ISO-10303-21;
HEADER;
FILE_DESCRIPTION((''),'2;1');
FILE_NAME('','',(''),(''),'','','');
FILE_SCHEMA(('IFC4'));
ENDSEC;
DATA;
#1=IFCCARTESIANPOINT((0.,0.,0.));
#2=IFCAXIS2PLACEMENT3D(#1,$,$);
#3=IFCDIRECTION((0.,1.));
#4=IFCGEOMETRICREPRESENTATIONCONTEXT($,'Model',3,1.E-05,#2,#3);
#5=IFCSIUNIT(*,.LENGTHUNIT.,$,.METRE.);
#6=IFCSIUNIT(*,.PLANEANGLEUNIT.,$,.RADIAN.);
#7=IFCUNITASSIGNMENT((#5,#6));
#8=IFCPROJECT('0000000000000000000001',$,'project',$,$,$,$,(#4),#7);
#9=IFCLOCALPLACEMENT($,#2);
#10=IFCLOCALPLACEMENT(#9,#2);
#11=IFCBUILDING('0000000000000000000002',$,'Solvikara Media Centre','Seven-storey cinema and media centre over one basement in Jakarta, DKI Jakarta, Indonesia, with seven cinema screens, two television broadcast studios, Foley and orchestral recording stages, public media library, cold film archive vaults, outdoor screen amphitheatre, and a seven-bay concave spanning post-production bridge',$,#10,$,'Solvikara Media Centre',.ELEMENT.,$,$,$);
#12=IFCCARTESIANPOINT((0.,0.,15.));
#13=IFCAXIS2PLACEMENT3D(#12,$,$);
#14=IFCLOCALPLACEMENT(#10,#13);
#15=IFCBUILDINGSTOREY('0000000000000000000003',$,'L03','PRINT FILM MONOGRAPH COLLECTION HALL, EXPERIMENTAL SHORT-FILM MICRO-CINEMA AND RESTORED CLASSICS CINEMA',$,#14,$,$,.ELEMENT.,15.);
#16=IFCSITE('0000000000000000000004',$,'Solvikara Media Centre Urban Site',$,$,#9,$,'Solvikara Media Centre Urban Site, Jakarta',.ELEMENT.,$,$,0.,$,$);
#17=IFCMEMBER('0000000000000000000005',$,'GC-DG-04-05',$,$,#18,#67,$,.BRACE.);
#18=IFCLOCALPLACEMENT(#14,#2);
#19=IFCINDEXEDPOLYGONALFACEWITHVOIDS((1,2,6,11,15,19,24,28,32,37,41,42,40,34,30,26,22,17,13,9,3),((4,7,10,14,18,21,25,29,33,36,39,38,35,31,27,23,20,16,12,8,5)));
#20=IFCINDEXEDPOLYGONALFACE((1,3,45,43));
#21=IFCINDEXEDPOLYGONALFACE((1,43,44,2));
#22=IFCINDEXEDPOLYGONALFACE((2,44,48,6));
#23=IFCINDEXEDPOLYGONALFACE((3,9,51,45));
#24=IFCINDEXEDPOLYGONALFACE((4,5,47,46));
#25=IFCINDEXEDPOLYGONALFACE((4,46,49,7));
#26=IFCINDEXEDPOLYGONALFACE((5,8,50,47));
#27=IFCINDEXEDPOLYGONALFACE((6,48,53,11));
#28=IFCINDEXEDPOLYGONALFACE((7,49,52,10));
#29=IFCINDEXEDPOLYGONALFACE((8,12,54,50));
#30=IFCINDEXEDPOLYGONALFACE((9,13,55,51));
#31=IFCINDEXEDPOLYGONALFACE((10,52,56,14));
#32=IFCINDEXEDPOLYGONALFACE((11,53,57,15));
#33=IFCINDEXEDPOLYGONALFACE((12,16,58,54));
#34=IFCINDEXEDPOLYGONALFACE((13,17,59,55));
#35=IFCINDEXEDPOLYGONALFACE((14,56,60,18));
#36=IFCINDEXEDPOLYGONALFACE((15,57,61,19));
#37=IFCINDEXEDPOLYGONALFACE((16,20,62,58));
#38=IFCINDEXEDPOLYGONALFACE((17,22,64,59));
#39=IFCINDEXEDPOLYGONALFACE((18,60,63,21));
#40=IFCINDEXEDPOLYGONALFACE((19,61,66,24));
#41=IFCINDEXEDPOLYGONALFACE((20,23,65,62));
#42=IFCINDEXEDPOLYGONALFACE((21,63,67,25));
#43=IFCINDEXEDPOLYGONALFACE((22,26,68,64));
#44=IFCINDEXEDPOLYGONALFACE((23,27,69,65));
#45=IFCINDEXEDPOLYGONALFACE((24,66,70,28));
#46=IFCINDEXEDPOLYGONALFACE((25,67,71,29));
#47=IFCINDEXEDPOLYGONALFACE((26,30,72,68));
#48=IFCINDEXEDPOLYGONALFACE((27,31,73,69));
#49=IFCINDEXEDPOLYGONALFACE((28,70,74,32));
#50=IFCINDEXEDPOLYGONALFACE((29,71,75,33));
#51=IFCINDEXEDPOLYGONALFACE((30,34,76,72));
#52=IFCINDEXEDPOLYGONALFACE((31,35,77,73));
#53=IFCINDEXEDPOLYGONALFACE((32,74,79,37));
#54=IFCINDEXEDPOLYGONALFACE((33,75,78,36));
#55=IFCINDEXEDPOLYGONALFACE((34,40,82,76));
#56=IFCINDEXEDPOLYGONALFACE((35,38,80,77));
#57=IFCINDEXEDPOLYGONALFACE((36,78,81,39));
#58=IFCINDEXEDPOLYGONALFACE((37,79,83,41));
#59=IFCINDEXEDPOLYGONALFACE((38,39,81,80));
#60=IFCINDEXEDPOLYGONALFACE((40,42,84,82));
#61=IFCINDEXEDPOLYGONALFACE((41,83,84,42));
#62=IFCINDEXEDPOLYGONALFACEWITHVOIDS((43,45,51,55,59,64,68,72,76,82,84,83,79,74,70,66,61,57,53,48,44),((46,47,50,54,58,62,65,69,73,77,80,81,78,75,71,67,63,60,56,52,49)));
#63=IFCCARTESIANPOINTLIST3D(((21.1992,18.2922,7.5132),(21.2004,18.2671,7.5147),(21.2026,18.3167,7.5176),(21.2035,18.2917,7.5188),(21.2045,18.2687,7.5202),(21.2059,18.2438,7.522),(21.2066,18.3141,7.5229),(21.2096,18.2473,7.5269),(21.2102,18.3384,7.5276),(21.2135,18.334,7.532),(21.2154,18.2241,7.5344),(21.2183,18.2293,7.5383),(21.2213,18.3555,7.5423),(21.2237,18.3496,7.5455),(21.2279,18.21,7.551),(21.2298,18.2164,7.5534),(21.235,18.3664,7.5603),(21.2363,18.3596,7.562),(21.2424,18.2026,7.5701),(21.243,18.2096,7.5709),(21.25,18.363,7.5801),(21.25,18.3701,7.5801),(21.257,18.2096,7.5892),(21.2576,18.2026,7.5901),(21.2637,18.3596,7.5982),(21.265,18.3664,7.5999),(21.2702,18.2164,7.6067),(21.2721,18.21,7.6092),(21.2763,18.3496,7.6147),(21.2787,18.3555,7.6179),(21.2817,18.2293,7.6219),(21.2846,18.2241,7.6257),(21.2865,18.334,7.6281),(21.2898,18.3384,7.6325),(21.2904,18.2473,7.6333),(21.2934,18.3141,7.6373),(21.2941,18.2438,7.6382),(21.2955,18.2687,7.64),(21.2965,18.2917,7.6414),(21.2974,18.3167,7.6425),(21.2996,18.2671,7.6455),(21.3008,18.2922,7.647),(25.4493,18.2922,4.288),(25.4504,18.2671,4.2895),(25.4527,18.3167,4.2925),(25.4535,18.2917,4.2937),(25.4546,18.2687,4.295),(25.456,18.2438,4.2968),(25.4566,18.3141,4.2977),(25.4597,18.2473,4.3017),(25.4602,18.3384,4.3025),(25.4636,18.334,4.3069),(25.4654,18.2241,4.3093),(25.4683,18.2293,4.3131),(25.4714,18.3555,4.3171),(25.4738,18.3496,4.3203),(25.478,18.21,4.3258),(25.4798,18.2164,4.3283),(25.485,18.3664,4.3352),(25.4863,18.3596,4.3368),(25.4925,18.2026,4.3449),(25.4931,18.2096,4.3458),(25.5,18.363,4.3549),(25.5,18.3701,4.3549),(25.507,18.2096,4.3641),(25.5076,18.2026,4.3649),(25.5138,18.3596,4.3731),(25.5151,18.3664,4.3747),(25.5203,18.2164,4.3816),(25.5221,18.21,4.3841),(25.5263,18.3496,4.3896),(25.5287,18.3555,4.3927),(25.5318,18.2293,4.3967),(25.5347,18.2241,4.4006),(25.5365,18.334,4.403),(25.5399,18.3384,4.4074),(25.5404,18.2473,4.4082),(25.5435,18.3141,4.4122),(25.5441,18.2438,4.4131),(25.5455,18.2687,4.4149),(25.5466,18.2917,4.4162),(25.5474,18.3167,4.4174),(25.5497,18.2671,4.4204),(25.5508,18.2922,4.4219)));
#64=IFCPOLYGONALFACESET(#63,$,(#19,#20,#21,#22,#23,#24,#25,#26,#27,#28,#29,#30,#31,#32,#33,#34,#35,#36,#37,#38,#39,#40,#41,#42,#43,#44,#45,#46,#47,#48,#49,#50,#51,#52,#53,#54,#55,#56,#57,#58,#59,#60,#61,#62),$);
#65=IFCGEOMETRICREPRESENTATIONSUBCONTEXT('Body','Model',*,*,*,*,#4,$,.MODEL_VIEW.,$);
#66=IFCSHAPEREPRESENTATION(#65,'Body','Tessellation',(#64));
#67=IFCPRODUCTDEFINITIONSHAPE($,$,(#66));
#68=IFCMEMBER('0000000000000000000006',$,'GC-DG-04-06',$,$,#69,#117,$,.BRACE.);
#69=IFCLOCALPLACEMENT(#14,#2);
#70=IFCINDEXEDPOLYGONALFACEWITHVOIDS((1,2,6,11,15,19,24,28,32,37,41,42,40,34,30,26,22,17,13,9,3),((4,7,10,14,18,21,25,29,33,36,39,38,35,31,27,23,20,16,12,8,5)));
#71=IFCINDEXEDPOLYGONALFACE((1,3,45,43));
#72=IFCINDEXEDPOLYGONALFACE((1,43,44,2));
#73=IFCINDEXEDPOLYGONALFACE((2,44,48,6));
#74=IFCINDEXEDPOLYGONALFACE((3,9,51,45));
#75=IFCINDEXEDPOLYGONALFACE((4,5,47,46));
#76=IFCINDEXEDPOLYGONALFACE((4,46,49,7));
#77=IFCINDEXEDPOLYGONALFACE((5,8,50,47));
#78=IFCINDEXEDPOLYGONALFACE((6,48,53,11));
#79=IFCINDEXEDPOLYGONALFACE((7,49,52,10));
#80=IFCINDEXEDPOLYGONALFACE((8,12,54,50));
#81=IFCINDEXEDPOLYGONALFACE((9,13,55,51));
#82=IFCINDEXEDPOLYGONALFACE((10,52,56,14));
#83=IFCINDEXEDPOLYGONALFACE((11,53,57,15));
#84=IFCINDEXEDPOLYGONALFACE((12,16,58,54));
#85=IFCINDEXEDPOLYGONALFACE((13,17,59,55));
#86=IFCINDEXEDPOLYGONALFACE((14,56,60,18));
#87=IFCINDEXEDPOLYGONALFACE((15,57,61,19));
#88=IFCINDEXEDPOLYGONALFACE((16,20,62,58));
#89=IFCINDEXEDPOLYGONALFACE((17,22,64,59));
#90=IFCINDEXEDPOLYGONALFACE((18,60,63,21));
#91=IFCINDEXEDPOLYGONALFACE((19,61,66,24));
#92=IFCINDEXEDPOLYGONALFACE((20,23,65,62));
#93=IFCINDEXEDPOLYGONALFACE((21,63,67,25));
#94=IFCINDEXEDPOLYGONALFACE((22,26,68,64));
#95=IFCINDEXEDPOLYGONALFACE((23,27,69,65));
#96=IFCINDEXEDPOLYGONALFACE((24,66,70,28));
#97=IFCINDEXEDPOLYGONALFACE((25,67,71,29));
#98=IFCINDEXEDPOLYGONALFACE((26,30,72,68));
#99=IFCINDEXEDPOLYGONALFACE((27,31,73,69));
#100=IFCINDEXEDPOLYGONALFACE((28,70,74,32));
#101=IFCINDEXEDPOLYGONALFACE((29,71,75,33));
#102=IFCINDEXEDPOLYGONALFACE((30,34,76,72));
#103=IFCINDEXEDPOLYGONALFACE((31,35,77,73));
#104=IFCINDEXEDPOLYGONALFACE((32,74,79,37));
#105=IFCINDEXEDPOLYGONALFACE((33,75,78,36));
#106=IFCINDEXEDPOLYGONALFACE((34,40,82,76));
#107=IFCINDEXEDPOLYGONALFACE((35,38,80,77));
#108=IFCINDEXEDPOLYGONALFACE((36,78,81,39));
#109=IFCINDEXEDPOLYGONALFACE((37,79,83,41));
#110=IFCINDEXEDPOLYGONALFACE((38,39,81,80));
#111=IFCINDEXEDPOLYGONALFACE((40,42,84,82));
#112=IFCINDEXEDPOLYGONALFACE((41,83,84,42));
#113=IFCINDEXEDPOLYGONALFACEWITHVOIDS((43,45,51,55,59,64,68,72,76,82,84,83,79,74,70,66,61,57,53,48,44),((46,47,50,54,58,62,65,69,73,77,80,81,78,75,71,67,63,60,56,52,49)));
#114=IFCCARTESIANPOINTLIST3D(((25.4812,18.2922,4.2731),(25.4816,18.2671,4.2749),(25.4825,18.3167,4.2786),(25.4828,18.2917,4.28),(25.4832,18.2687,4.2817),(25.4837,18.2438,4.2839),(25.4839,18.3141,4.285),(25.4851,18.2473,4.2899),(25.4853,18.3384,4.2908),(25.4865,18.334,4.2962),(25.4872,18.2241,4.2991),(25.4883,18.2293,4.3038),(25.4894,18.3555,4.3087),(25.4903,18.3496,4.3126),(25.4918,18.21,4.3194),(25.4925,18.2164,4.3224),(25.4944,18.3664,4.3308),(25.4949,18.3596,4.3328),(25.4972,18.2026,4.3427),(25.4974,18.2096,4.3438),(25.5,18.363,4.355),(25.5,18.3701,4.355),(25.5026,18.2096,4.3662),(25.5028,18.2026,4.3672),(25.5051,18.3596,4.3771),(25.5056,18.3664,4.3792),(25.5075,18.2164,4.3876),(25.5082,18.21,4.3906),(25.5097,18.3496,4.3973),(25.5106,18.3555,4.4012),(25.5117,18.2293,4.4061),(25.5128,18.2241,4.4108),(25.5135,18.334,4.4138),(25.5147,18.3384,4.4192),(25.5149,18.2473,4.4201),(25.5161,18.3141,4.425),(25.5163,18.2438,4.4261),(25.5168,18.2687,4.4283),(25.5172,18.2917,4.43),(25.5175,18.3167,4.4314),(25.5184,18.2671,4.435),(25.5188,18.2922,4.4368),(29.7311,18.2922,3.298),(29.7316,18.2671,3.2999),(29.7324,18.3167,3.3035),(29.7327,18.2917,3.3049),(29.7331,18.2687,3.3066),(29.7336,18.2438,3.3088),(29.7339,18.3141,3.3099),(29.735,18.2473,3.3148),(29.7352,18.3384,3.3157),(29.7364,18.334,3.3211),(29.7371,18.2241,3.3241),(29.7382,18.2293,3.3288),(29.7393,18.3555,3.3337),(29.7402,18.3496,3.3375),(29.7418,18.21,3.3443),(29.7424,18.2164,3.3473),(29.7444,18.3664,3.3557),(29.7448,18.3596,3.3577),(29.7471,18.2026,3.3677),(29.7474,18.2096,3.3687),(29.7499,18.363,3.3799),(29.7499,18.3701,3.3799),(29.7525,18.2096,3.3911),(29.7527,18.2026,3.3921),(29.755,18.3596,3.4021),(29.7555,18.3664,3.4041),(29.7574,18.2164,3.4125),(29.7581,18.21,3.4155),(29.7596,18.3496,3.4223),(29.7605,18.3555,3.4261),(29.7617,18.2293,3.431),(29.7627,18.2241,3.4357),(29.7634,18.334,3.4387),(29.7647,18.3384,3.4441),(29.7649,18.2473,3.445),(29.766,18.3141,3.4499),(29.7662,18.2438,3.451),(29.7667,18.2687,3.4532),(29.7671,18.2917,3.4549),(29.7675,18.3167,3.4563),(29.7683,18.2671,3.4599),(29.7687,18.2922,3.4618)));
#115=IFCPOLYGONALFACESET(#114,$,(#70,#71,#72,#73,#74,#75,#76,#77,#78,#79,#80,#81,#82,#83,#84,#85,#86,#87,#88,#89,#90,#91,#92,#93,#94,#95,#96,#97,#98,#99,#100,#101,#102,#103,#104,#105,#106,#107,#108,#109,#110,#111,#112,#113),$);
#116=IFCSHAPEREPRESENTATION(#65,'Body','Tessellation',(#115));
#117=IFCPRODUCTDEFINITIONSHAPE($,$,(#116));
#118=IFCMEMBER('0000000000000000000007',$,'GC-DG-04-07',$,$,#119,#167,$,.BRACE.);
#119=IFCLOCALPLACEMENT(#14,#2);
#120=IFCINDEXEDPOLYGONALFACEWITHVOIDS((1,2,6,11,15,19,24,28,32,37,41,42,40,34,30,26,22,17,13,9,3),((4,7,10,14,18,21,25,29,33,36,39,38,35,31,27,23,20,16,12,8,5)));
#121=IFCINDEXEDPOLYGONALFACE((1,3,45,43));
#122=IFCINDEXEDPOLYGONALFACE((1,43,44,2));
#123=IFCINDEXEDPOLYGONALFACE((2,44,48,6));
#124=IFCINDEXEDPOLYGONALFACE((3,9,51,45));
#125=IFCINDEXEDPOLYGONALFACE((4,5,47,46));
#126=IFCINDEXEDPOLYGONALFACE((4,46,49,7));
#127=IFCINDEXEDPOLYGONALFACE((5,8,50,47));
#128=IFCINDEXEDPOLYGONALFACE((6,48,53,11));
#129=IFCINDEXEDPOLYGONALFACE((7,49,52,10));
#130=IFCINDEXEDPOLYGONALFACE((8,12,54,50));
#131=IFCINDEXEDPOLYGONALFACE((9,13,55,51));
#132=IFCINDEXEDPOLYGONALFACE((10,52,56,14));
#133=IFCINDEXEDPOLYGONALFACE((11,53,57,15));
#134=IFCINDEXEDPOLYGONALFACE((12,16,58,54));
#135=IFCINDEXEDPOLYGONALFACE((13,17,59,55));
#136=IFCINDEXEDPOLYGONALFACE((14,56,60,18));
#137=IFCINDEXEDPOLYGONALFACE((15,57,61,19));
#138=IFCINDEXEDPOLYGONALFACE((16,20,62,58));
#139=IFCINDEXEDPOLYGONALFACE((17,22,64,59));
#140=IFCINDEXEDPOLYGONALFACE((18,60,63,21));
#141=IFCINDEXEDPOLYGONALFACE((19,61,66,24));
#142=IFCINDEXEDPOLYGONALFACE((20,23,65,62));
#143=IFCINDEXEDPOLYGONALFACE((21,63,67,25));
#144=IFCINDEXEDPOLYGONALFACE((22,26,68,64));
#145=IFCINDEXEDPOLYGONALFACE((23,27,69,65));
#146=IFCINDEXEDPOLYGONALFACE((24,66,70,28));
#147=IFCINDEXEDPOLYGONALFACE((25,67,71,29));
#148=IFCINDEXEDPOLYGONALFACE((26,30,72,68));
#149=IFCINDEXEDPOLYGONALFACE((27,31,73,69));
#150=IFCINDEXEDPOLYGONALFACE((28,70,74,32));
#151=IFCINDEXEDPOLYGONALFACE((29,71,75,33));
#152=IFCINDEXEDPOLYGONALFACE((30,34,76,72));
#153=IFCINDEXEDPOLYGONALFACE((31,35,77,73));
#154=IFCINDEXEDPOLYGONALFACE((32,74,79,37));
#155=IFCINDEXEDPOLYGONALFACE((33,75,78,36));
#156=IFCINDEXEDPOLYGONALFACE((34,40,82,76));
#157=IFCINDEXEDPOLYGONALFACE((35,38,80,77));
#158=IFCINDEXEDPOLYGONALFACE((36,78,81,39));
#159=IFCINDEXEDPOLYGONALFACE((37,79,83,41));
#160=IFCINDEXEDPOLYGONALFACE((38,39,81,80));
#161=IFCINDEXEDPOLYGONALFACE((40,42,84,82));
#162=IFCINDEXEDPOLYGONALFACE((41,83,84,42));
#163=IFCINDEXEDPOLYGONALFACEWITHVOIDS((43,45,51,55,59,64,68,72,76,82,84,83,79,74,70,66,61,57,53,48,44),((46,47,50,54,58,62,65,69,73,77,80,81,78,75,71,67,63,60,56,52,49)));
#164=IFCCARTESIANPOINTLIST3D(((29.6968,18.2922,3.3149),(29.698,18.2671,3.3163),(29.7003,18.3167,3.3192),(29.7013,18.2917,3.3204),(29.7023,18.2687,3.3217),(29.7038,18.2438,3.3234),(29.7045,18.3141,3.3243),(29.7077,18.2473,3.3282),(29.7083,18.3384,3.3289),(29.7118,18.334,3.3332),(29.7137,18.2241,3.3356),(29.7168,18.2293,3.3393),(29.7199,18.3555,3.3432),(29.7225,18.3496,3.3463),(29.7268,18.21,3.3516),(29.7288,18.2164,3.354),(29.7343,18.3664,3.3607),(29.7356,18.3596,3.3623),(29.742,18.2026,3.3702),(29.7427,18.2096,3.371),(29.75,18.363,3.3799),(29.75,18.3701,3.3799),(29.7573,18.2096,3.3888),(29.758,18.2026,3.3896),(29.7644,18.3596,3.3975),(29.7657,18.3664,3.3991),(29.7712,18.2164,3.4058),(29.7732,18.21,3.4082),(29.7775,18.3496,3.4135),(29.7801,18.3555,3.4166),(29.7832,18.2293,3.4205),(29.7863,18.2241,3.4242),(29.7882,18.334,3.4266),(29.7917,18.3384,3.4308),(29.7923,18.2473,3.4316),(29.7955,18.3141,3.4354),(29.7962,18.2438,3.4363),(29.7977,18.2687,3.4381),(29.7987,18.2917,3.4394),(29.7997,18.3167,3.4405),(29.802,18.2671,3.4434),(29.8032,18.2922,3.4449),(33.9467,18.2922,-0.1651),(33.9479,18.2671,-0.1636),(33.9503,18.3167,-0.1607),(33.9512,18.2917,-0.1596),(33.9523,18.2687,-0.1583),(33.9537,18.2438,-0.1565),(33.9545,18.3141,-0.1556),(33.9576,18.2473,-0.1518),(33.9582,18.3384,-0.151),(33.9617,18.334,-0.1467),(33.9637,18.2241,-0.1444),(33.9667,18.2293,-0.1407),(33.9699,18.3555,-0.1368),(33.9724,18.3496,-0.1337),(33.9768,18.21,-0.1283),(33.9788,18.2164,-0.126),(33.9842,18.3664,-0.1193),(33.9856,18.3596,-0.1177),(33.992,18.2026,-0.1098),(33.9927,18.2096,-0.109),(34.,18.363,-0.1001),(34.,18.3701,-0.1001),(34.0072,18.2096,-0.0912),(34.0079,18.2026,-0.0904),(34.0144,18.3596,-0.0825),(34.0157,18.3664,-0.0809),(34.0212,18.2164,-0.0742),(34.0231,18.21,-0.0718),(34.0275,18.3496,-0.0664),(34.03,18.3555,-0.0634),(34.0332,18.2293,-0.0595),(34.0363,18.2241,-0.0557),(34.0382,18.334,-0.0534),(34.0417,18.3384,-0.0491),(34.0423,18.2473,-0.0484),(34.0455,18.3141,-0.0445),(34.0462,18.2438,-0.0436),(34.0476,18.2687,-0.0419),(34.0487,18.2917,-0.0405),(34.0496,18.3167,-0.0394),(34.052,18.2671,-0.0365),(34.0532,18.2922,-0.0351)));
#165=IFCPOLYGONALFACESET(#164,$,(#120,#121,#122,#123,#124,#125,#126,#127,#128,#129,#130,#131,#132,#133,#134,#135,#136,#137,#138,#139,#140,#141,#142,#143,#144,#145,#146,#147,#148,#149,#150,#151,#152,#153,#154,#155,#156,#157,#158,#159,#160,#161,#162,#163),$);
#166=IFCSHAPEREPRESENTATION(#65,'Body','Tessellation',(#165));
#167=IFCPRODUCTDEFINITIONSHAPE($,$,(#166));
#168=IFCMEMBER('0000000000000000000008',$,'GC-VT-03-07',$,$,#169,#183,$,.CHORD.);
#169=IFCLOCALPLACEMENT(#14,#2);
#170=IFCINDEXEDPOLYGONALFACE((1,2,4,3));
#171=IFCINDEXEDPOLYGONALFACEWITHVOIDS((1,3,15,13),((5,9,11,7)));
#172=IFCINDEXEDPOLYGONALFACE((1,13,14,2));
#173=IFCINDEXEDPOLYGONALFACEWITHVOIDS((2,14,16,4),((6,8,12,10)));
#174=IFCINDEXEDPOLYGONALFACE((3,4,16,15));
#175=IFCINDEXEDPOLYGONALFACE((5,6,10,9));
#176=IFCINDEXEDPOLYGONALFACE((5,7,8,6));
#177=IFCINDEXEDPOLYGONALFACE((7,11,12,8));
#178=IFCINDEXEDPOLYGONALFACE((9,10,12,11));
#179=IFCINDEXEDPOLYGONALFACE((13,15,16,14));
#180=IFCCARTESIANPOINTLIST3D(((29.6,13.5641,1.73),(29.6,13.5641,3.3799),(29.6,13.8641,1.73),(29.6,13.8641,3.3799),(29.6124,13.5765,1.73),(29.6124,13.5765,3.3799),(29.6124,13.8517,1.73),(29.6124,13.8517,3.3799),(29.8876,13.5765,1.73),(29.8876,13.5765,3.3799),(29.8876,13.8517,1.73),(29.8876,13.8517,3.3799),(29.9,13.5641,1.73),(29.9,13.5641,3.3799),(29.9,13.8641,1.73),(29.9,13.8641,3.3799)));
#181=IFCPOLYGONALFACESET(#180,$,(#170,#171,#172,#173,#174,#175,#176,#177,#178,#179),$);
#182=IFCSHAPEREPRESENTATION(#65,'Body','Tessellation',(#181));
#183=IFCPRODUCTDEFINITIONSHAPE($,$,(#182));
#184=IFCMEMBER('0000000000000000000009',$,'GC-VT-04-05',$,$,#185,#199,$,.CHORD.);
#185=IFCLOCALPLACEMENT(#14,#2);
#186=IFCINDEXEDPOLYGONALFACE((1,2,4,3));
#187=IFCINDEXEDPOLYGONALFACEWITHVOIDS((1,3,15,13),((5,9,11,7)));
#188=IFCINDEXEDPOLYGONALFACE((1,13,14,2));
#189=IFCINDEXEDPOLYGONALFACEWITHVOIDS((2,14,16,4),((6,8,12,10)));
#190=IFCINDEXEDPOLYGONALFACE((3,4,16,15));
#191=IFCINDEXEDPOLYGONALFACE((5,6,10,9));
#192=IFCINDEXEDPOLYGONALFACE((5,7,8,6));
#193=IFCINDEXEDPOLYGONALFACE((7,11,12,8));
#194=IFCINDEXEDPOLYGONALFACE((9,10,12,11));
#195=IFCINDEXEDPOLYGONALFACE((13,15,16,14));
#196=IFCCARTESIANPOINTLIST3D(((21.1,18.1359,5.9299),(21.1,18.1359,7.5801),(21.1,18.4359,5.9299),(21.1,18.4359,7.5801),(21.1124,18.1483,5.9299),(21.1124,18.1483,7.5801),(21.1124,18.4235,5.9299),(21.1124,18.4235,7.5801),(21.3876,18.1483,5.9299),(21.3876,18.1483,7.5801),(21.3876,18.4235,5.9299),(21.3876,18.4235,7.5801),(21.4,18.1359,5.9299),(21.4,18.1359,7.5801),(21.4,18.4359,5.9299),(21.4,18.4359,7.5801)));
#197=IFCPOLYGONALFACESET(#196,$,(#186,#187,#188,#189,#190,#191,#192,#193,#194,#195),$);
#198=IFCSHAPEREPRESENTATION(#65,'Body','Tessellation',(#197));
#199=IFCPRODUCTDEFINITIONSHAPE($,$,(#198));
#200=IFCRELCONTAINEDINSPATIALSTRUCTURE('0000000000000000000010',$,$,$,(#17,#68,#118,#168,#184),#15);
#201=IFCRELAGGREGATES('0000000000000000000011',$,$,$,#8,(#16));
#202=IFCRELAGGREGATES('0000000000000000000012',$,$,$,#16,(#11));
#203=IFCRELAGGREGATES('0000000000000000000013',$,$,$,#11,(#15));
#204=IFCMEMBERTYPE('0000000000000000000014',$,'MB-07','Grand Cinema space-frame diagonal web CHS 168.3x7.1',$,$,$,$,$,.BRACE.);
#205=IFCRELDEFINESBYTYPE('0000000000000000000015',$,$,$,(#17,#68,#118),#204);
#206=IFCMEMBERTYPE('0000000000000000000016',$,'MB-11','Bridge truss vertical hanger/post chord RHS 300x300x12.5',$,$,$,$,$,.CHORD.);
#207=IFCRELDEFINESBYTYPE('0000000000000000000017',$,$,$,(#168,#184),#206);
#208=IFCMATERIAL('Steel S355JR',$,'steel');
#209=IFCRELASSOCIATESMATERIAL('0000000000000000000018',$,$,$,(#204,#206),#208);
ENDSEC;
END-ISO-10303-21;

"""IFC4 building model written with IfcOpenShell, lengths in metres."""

from ifc_helpers import new_model, si_unit, direction, frame, origin, origin_2d, place, context, subcontext, project, spatial, hollow_rectangle, hollow_circle, extrude, material, material_profile, profile_set, type_object, element, save


model = new_model("IFC4")

# Units and contexts
model_context = context("Model", 3, precision=1e-05, world=origin(), true_north=direction((0.0, 1.0)))
body_context = subcontext(model_context, "Body", "Model", "MODEL_VIEW")
ifc_project = project(units=[si_unit("LENGTHUNIT", "METRE"), si_unit("PLANEANGLEUNIT", "RADIAN")], contexts=[model_context])

# Site, building, storey
site_placement = place(None, origin())
site = spatial("IfcSite", under=ifc_project, at=site_placement, Name="Solvikara Media Centre Urban Site", LongName="Solvikara Media Centre Urban Site, Jakarta", CompositionType="ELEMENT", RefElevation=0.0)
building_placement = place(site_placement, origin())
building = spatial("IfcBuilding", under=site, at=building_placement, Name="Solvikara Media Centre", Description="Seven-storey cinema and media centre over one basement in Jakarta, DKI Jakarta, Indonesia, with seven cinema screens, two television broadcast studios, Foley and orchestral recording stages, public media library, cold film archive vaults, outdoor screen amphitheatre, and a seven-bay concave spanning post-production bridge", LongName="Solvikara Media Centre", CompositionType="ELEMENT")
storey_placement = place(building_placement, frame((0.0, 0.0, 15.0)))
storey = spatial("IfcBuildingStorey", under=building, at=storey_placement, Name="L03", Description="PRINT FILM MONOGRAPH COLLECTION HALL, EXPERIMENTAL SHORT-FILM MICRO-CINEMA AND RESTORED CLASSICS CINEMA", CompositionType="ELEMENT", Elevation=15.0)

# Members
ifc_material_1 = material(Name="Steel S355JR", Category="steel")
ifc_material_profile_1 = material_profile(ifc_material_1, hollow_circle(Radius=0.0842, WallThickness=0.0071, at=origin_2d()), Name="CHS 168.3x7.1")
ifc_profile_set_1 = profile_set([ifc_material_profile_1], Name="Steel S355JR")
member_type_1 = type_object("IfcMemberType", Name="MB-07", Description="Grand Cinema space-frame diagonal web CHS 168.3x7.1", PredefinedType="BRACE", material=ifc_profile_set_1)
member_1_placement = place(storey_placement, frame((21.25, 18.2859, 7.5801), z_axis=(0.796605, 0.0, -0.604501), x_axis=(0.0, 1.0, 0.0)))
element("IfcMember", 1, at=member_1_placement, inside=storey, type_object=member_type_1, Name="GC-DG-04-05", PredefinedType="BRACE", context=body_context, shape_type="SweptSolid", body=[
    extrude(hollow_circle(Radius=0.0842, WallThickness=0.0071, at=origin_2d()), origin(), (0.0, 0.0, 1.0), 5.3352),
])
member_2_placement = place(storey_placement, frame((25.5, 18.2859, 4.355), z_axis=(0.974675, 0.0, -0.223624), x_axis=(0.0, 1.0, 0.0)))
element("IfcMember", 2, at=member_2_placement, inside=storey, type_object=member_type_1, Name="GC-DG-04-06", PredefinedType="BRACE", context=body_context, shape_type="SweptSolid", body=[
    extrude(hollow_circle(Radius=0.0842, WallThickness=0.0071, at=origin_2d()), origin(), (0.0, 0.0, 1.0), 4.3604),
])
member_3_placement = place(storey_placement, frame((29.75, 18.2859, 3.3799), z_axis=(0.773716, 0.0, -0.633533), x_axis=(0.0, 1.0, 0.0)))
element("IfcMember", 3, at=member_3_placement, inside=storey, type_object=member_type_1, Name="GC-DG-04-07", PredefinedType="BRACE", context=body_context, shape_type="SweptSolid", body=[
    extrude(hollow_circle(Radius=0.0842, WallThickness=0.0071, at=origin_2d()), origin(), (0.0, 0.0, 1.0), 5.4929),
])
ifc_material_profile_2 = material_profile(ifc_material_1, hollow_rectangle(XDim=0.3, YDim=0.3, WallThickness=0.0125, at=origin_2d()), Name="RHS 300x300x12.5")
ifc_profile_set_2 = profile_set([ifc_material_profile_2], Name="Steel S355JR")
member_type_2 = type_object("IfcMemberType", Name="MB-11", Description="Bridge truss vertical hanger/post chord RHS 300x300x12.5", PredefinedType="CHORD", material=ifc_profile_set_2)
member_4_placement = place(storey_placement, frame((29.75, 13.7141, 1.73), z_axis=(0.0, 0.0, 1.0), x_axis=(1.0, 0.0, 0.0)))
element("IfcMember", 4, at=member_4_placement, inside=storey, type_object=member_type_2, Name="GC-VT-03-07", PredefinedType="CHORD", context=body_context, shape_type="SweptSolid", body=[
    extrude(hollow_rectangle(XDim=0.3, YDim=0.3, WallThickness=0.0125, at=origin_2d()), origin(), (0.0, 0.0, 1.0), 1.6499),
])
member_5_placement = place(storey_placement, frame((21.25, 18.2859, 5.9299), z_axis=(0.0, 0.0, 1.0), x_axis=(1.0, 0.0, 0.0)))
element("IfcMember", 5, at=member_5_placement, inside=storey, type_object=member_type_2, Name="GC-VT-04-05", PredefinedType="CHORD", context=body_context, shape_type="SweptSolid", body=[
    extrude(hollow_rectangle(XDim=0.3, YDim=0.3, WallThickness=0.0125, at=origin_2d()), origin(), (0.0, 0.0, 1.0), 1.6501),
])

save(model, "model.ifc")
